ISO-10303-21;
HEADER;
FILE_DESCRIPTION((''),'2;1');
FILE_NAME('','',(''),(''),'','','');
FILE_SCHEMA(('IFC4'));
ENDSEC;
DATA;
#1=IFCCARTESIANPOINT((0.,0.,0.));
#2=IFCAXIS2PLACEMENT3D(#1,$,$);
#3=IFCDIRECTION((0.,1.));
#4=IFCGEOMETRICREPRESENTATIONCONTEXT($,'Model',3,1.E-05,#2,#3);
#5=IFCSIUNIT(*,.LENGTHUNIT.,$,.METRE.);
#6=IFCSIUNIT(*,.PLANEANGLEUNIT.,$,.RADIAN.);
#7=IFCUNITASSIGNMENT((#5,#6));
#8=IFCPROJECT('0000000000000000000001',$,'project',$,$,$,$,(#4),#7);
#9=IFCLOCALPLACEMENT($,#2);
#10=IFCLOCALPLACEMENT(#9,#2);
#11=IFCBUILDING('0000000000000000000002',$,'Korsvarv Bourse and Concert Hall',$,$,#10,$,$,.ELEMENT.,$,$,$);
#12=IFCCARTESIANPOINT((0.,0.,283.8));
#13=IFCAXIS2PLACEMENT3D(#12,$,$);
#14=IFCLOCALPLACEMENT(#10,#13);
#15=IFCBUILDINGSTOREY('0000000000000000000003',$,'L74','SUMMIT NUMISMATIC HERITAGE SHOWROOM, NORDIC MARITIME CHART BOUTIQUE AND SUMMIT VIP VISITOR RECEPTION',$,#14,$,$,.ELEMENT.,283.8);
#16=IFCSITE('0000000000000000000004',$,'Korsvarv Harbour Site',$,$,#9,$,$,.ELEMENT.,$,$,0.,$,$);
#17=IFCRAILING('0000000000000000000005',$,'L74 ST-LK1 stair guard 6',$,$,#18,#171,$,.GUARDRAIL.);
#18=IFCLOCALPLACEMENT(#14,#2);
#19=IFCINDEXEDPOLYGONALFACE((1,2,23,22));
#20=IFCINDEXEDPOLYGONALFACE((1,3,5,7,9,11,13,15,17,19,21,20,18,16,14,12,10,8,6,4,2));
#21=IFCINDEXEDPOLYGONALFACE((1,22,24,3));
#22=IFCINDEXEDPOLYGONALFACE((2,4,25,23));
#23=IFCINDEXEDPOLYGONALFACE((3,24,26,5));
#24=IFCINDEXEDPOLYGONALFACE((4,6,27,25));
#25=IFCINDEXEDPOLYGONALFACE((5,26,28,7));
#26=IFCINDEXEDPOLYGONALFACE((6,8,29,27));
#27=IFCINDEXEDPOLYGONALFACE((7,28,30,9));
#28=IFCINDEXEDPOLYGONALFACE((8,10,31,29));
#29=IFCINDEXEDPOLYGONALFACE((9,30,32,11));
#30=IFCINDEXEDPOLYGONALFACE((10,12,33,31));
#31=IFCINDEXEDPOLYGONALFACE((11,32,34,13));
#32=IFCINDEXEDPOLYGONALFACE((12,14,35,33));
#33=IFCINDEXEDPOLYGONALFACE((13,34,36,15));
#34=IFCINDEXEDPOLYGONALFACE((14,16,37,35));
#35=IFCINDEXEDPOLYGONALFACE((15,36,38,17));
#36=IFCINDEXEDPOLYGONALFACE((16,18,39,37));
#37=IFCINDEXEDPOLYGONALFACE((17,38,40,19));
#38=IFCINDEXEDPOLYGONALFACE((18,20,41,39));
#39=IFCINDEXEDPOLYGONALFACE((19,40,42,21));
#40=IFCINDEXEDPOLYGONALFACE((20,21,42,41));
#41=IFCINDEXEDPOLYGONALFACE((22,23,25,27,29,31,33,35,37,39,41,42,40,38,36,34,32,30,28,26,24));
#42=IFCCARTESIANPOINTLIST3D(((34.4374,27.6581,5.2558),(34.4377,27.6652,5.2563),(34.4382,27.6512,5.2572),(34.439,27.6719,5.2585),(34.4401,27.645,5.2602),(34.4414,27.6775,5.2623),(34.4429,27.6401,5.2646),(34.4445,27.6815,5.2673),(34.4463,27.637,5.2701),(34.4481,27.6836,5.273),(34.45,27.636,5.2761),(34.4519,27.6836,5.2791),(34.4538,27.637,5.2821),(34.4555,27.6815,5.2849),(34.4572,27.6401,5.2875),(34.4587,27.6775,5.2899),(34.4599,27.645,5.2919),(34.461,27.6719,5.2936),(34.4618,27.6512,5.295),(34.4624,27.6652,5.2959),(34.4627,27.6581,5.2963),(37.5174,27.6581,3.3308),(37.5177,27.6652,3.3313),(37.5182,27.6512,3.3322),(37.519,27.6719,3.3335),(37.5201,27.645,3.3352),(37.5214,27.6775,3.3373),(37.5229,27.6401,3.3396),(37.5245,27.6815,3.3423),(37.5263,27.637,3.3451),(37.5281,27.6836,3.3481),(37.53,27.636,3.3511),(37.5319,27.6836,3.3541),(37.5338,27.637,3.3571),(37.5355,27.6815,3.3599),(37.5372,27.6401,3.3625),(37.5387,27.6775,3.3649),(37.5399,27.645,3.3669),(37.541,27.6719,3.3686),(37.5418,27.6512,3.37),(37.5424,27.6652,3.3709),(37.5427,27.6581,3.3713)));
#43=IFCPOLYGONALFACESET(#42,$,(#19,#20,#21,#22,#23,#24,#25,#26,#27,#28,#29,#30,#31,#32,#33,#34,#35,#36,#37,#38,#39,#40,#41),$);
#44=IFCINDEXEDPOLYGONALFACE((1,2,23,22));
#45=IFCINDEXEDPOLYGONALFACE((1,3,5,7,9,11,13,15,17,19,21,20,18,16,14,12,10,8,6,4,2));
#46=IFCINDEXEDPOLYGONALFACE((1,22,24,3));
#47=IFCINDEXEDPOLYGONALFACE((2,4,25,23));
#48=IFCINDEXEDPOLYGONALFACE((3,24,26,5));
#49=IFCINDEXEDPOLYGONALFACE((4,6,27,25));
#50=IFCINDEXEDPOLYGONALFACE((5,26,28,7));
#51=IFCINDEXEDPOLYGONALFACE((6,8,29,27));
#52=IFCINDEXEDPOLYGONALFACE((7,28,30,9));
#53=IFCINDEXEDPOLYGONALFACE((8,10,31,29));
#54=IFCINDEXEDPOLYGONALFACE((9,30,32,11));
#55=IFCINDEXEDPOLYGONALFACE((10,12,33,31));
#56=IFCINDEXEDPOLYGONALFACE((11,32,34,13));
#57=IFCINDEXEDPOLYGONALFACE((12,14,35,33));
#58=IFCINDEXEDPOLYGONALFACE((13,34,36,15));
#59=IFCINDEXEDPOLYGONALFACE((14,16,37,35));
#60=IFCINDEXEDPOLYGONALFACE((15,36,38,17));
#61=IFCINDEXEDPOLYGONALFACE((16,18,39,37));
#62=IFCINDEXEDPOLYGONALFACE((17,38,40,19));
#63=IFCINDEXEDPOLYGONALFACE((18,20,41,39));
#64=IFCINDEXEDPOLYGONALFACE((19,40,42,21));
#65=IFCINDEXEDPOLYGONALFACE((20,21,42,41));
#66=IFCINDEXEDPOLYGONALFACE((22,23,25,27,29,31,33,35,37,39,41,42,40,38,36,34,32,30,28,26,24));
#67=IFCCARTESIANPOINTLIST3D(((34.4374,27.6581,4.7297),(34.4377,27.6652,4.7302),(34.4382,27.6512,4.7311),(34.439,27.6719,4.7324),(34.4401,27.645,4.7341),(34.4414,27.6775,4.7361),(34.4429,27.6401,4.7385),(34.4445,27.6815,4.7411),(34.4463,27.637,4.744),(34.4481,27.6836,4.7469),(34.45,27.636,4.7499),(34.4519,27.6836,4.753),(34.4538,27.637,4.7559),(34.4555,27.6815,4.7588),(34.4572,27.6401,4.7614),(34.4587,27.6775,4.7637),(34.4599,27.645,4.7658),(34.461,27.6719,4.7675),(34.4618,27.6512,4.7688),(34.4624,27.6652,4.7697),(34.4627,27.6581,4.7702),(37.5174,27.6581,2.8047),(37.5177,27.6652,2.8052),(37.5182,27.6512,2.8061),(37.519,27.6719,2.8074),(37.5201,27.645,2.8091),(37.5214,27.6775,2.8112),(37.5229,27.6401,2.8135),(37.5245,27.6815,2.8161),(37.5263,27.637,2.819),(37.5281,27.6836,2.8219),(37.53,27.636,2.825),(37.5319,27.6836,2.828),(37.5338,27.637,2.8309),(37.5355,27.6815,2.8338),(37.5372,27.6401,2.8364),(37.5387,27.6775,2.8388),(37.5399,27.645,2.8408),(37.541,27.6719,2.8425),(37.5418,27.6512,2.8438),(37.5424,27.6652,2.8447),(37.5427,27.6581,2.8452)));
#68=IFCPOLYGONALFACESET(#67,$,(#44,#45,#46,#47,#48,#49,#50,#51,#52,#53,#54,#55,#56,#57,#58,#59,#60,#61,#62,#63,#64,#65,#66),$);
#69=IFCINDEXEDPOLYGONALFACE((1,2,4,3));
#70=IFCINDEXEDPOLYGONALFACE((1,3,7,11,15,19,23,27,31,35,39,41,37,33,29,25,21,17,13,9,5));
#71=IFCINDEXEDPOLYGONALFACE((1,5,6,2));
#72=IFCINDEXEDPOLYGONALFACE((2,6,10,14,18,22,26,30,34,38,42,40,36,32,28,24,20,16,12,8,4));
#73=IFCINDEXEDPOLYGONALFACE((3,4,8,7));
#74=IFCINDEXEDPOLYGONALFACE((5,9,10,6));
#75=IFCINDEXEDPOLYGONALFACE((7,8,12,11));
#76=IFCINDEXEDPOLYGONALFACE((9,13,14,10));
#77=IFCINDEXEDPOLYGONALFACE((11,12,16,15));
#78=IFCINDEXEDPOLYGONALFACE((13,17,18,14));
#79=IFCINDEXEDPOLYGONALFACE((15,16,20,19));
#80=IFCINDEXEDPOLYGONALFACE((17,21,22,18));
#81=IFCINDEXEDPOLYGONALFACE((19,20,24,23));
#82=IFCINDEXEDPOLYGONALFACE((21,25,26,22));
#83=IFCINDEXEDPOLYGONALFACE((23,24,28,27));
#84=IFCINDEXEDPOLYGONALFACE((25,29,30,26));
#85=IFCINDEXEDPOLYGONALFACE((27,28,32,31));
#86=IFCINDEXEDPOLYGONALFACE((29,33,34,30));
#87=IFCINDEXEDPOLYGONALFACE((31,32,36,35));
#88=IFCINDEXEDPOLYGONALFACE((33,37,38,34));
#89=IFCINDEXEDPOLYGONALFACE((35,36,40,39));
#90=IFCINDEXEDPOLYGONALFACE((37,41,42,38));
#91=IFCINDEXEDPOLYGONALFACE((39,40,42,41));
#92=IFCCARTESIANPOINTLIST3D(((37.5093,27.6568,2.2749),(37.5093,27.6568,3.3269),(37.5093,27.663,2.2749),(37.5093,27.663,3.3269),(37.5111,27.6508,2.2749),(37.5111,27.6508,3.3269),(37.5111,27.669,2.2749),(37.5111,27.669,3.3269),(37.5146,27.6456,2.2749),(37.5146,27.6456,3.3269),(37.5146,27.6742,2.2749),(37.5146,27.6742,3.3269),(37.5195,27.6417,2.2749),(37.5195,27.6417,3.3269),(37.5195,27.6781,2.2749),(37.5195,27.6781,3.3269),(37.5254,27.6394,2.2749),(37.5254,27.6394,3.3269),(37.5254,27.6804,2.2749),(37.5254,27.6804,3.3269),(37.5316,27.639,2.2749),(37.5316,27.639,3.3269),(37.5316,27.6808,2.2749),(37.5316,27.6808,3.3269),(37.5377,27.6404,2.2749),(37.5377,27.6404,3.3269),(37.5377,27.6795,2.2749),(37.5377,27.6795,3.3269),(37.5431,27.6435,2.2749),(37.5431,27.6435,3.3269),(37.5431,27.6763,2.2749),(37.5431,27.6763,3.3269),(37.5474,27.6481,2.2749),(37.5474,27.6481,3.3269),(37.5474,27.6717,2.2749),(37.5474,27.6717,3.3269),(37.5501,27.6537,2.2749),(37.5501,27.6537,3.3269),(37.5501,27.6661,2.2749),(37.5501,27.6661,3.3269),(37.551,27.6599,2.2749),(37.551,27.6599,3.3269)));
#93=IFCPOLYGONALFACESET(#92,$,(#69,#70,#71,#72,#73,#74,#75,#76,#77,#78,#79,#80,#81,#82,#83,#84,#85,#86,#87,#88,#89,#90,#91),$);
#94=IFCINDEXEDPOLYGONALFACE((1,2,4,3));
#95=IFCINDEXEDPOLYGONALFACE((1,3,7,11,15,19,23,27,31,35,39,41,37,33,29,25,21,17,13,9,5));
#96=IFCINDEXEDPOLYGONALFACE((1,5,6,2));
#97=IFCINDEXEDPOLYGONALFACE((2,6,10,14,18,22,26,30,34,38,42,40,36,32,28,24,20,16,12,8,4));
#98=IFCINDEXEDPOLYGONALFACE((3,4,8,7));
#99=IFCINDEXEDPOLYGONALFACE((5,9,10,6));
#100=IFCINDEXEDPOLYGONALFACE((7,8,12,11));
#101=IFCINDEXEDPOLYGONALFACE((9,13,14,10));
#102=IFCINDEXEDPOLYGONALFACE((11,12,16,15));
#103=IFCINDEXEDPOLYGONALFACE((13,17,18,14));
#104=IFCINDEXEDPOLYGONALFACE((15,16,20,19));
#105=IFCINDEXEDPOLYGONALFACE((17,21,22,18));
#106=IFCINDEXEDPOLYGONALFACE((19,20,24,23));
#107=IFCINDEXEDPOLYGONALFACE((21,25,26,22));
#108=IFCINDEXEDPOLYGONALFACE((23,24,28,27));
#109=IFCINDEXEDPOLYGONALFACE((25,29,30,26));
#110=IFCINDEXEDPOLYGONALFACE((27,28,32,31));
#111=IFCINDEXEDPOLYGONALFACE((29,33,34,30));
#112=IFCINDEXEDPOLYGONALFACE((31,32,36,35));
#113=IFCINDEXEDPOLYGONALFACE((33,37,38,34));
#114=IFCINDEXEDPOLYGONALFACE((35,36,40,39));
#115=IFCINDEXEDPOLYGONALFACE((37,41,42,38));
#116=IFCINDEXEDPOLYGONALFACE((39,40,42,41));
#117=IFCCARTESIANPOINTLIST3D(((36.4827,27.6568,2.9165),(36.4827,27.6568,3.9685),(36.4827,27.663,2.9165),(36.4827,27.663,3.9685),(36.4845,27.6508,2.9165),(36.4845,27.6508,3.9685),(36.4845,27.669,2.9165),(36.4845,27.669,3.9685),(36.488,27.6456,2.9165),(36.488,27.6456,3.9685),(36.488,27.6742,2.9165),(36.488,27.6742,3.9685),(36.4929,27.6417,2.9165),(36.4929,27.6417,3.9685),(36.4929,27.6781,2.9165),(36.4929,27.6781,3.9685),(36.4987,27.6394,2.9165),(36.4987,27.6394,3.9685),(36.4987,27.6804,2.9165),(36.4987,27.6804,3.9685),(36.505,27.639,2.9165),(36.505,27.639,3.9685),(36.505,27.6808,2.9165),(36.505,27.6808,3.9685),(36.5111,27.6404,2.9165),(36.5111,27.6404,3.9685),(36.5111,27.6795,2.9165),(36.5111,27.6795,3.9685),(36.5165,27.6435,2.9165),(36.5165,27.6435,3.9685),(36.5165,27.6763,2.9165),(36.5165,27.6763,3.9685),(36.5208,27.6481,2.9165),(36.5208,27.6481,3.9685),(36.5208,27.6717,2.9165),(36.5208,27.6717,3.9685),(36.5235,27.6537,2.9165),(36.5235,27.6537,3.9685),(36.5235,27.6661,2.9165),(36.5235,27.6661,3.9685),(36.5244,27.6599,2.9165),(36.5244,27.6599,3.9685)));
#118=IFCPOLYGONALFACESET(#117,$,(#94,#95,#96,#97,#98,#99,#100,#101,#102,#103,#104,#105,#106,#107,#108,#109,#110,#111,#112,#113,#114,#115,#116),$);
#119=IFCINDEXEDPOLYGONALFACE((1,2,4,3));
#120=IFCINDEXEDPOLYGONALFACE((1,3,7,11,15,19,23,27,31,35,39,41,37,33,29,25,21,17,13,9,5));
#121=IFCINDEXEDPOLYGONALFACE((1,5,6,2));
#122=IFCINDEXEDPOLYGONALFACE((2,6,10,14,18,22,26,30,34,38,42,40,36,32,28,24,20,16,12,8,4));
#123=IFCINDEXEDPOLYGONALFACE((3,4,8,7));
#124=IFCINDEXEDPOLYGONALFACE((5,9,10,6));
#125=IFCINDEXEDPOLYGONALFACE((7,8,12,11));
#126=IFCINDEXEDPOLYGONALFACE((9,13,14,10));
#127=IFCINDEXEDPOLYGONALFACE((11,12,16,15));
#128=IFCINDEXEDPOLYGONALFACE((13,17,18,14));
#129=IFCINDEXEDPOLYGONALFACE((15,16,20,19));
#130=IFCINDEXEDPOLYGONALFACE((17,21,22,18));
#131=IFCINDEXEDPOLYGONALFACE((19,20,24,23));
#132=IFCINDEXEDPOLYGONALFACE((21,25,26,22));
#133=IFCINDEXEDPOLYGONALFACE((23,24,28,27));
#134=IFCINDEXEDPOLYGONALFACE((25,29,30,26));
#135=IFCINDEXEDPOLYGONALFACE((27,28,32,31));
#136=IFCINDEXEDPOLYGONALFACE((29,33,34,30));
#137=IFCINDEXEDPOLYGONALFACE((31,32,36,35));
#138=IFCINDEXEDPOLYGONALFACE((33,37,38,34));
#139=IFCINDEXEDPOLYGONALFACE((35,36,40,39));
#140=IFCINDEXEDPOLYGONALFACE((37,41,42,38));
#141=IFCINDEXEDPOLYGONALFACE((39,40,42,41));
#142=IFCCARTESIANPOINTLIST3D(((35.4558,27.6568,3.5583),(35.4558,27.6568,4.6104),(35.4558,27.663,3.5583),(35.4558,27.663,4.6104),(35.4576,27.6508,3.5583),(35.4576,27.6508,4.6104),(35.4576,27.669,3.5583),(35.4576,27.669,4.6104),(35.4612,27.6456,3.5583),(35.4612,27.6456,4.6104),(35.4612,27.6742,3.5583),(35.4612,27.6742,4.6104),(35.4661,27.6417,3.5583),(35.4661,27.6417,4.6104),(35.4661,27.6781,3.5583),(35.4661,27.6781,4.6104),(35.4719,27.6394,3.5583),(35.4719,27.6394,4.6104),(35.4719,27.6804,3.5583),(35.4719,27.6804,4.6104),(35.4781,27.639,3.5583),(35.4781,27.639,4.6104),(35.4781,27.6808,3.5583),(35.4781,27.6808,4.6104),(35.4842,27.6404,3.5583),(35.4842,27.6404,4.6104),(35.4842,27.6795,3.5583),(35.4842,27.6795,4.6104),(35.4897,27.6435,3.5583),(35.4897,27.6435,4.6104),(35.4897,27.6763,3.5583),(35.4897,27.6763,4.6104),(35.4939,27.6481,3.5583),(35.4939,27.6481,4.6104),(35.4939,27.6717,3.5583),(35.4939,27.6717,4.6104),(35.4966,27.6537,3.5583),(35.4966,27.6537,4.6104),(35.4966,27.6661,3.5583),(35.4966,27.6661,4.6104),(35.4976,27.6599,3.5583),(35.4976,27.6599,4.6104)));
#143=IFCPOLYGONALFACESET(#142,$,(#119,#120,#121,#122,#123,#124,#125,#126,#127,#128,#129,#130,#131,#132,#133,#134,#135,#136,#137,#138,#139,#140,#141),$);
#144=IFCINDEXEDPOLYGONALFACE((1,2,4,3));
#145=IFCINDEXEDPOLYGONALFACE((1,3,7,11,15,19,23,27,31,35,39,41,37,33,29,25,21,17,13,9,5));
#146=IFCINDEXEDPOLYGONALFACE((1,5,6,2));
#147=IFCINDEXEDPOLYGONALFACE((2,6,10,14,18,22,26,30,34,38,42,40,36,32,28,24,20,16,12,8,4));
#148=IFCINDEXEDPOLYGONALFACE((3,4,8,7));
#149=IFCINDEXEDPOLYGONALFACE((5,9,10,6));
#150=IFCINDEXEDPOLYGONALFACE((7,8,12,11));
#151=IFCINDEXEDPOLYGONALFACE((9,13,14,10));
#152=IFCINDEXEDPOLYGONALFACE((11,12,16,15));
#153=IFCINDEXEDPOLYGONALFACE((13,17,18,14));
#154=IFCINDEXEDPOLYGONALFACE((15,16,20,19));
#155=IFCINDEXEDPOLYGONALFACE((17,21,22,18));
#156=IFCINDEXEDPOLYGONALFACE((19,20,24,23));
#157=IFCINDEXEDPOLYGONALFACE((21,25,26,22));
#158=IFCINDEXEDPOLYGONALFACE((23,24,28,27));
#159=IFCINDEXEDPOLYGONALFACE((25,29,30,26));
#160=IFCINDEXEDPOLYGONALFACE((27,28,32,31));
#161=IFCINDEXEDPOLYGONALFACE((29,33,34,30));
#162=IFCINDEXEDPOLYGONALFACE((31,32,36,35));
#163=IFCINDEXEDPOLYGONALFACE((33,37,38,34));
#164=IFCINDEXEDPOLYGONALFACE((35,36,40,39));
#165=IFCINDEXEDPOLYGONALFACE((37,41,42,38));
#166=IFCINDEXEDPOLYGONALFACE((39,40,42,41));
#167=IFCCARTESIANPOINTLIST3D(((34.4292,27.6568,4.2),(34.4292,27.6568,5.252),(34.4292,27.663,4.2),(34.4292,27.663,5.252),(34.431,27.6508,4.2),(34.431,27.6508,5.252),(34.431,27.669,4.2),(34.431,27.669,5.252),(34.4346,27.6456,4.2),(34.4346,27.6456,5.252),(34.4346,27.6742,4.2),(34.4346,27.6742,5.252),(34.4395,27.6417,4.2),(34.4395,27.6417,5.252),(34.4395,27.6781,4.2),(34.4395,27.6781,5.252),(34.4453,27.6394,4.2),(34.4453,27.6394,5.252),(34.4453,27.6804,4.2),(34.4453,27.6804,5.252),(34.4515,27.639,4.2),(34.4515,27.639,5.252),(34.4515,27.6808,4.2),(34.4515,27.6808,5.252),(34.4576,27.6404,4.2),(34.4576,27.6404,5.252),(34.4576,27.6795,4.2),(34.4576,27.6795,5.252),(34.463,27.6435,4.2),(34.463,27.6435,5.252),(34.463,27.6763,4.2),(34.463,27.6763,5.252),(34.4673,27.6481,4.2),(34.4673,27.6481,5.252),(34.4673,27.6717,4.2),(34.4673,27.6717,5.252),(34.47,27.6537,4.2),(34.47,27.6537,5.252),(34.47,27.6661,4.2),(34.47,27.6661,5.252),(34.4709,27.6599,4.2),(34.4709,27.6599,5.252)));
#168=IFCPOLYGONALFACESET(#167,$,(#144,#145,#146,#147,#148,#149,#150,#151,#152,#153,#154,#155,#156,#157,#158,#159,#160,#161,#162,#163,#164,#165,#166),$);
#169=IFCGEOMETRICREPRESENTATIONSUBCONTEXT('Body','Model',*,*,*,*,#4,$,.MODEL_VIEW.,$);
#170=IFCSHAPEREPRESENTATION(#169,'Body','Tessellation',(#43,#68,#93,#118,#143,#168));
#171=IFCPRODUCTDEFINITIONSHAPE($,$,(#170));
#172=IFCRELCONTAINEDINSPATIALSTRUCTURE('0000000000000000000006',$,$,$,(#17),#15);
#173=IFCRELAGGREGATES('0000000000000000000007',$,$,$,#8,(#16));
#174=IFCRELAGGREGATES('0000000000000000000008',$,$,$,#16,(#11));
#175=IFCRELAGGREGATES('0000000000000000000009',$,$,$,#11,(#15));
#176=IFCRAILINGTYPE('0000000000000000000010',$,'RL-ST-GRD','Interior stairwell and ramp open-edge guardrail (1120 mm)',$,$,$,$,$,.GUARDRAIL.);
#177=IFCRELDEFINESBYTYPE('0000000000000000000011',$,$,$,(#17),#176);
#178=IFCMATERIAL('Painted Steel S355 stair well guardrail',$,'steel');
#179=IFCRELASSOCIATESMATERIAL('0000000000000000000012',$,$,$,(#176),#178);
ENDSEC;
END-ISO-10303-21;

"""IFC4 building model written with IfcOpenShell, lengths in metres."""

from ifc_helpers import new_model, si_unit, direction, frame, origin, origin_2d, place, context, subcontext, project, spatial, circle, extrude, material, type_object, element, save


model = new_model("IFC4")

# Units and contexts
model_context = context("Model", 3, precision=1e-05, world=origin(), true_north=direction((0.0, 1.0)))
body_context = subcontext(model_context, "Body", "Model", "MODEL_VIEW")
ifc_project = project(units=[si_unit("LENGTHUNIT", "METRE"), si_unit("PLANEANGLEUNIT", "RADIAN")], contexts=[model_context])

# Site, building, storey
site_placement = place(None, origin())
site = spatial("IfcSite", under=ifc_project, at=site_placement, Name="Korsvarv Harbour Site", CompositionType="ELEMENT", RefElevation=0.0)
building_placement = place(site_placement, origin())
building = spatial("IfcBuilding", under=site, at=building_placement, Name="Korsvarv Bourse and Concert Hall", CompositionType="ELEMENT")
storey_placement = place(building_placement, frame((0.0, 0.0, 283.8)))
storey = spatial("IfcBuildingStorey", under=building, at=storey_placement, Name="L74", Description="SUMMIT NUMISMATIC HERITAGE SHOWROOM, NORDIC MARITIME CHART BOUTIQUE AND SUMMIT VIP VISITOR RECEPTION", CompositionType="ELEMENT", Elevation=283.8)

# Railing
ifc_material_1 = material(Name="Painted Steel S355 stair well guardrail", Category="steel")
railing_type_1 = type_object("IfcRailingType", Name="RL-ST-GRD", Description="Interior stairwell and ramp open-edge guardrail (1120 mm)", PredefinedType="GUARDRAIL", material=ifc_material_1)
railing_1_placement = place(storey_placement, frame((37.53, 27.6599, 2.2749)))
element("IfcRailing", 1, at=railing_1_placement, inside=storey, type_object=railing_type_1, Name="L74 ST-LK1 stair guard 6", PredefinedType="GUARDRAIL", context=body_context, shape_type="SweptSolid", body=[
    extrude(circle(Radius=0.0239, at=origin_2d()), frame((0.0, 0.0, 1.0762), z_axis=(-0.847998, 0.0, 0.529999), x_axis=(0.0, -1.0, 0.0)), (0.0, 0.0, 1.0), 3.6321),
    extrude(circle(Radius=0.0239, at=origin_2d()), frame((0.0, 0.0, 0.55), z_axis=(-0.847998, 0.0, 0.529999), x_axis=(0.0, -1.0, 0.0)), (0.0, 0.0, 1.0), 3.6321),
    extrude(circle(Radius=0.021, at=origin_2d()), origin(), (0.0, 0.0, 1.0), 1.052),
    extrude(circle(Radius=0.021, at=origin_2d()), frame((-1.0266, 0.0, 0.6416)), (0.0, 0.0, 1.0), 1.052),
    extrude(circle(Radius=0.021, at=origin_2d()), frame((-2.0535, 0.0, 1.2834)), (0.0, 0.0, 1.0), 1.052),
    extrude(circle(Radius=0.021, at=origin_2d()), frame((-3.0801, 0.0, 1.925)), (0.0, 0.0, 1.0), 1.052),
])

save(model, "model.ifc")
